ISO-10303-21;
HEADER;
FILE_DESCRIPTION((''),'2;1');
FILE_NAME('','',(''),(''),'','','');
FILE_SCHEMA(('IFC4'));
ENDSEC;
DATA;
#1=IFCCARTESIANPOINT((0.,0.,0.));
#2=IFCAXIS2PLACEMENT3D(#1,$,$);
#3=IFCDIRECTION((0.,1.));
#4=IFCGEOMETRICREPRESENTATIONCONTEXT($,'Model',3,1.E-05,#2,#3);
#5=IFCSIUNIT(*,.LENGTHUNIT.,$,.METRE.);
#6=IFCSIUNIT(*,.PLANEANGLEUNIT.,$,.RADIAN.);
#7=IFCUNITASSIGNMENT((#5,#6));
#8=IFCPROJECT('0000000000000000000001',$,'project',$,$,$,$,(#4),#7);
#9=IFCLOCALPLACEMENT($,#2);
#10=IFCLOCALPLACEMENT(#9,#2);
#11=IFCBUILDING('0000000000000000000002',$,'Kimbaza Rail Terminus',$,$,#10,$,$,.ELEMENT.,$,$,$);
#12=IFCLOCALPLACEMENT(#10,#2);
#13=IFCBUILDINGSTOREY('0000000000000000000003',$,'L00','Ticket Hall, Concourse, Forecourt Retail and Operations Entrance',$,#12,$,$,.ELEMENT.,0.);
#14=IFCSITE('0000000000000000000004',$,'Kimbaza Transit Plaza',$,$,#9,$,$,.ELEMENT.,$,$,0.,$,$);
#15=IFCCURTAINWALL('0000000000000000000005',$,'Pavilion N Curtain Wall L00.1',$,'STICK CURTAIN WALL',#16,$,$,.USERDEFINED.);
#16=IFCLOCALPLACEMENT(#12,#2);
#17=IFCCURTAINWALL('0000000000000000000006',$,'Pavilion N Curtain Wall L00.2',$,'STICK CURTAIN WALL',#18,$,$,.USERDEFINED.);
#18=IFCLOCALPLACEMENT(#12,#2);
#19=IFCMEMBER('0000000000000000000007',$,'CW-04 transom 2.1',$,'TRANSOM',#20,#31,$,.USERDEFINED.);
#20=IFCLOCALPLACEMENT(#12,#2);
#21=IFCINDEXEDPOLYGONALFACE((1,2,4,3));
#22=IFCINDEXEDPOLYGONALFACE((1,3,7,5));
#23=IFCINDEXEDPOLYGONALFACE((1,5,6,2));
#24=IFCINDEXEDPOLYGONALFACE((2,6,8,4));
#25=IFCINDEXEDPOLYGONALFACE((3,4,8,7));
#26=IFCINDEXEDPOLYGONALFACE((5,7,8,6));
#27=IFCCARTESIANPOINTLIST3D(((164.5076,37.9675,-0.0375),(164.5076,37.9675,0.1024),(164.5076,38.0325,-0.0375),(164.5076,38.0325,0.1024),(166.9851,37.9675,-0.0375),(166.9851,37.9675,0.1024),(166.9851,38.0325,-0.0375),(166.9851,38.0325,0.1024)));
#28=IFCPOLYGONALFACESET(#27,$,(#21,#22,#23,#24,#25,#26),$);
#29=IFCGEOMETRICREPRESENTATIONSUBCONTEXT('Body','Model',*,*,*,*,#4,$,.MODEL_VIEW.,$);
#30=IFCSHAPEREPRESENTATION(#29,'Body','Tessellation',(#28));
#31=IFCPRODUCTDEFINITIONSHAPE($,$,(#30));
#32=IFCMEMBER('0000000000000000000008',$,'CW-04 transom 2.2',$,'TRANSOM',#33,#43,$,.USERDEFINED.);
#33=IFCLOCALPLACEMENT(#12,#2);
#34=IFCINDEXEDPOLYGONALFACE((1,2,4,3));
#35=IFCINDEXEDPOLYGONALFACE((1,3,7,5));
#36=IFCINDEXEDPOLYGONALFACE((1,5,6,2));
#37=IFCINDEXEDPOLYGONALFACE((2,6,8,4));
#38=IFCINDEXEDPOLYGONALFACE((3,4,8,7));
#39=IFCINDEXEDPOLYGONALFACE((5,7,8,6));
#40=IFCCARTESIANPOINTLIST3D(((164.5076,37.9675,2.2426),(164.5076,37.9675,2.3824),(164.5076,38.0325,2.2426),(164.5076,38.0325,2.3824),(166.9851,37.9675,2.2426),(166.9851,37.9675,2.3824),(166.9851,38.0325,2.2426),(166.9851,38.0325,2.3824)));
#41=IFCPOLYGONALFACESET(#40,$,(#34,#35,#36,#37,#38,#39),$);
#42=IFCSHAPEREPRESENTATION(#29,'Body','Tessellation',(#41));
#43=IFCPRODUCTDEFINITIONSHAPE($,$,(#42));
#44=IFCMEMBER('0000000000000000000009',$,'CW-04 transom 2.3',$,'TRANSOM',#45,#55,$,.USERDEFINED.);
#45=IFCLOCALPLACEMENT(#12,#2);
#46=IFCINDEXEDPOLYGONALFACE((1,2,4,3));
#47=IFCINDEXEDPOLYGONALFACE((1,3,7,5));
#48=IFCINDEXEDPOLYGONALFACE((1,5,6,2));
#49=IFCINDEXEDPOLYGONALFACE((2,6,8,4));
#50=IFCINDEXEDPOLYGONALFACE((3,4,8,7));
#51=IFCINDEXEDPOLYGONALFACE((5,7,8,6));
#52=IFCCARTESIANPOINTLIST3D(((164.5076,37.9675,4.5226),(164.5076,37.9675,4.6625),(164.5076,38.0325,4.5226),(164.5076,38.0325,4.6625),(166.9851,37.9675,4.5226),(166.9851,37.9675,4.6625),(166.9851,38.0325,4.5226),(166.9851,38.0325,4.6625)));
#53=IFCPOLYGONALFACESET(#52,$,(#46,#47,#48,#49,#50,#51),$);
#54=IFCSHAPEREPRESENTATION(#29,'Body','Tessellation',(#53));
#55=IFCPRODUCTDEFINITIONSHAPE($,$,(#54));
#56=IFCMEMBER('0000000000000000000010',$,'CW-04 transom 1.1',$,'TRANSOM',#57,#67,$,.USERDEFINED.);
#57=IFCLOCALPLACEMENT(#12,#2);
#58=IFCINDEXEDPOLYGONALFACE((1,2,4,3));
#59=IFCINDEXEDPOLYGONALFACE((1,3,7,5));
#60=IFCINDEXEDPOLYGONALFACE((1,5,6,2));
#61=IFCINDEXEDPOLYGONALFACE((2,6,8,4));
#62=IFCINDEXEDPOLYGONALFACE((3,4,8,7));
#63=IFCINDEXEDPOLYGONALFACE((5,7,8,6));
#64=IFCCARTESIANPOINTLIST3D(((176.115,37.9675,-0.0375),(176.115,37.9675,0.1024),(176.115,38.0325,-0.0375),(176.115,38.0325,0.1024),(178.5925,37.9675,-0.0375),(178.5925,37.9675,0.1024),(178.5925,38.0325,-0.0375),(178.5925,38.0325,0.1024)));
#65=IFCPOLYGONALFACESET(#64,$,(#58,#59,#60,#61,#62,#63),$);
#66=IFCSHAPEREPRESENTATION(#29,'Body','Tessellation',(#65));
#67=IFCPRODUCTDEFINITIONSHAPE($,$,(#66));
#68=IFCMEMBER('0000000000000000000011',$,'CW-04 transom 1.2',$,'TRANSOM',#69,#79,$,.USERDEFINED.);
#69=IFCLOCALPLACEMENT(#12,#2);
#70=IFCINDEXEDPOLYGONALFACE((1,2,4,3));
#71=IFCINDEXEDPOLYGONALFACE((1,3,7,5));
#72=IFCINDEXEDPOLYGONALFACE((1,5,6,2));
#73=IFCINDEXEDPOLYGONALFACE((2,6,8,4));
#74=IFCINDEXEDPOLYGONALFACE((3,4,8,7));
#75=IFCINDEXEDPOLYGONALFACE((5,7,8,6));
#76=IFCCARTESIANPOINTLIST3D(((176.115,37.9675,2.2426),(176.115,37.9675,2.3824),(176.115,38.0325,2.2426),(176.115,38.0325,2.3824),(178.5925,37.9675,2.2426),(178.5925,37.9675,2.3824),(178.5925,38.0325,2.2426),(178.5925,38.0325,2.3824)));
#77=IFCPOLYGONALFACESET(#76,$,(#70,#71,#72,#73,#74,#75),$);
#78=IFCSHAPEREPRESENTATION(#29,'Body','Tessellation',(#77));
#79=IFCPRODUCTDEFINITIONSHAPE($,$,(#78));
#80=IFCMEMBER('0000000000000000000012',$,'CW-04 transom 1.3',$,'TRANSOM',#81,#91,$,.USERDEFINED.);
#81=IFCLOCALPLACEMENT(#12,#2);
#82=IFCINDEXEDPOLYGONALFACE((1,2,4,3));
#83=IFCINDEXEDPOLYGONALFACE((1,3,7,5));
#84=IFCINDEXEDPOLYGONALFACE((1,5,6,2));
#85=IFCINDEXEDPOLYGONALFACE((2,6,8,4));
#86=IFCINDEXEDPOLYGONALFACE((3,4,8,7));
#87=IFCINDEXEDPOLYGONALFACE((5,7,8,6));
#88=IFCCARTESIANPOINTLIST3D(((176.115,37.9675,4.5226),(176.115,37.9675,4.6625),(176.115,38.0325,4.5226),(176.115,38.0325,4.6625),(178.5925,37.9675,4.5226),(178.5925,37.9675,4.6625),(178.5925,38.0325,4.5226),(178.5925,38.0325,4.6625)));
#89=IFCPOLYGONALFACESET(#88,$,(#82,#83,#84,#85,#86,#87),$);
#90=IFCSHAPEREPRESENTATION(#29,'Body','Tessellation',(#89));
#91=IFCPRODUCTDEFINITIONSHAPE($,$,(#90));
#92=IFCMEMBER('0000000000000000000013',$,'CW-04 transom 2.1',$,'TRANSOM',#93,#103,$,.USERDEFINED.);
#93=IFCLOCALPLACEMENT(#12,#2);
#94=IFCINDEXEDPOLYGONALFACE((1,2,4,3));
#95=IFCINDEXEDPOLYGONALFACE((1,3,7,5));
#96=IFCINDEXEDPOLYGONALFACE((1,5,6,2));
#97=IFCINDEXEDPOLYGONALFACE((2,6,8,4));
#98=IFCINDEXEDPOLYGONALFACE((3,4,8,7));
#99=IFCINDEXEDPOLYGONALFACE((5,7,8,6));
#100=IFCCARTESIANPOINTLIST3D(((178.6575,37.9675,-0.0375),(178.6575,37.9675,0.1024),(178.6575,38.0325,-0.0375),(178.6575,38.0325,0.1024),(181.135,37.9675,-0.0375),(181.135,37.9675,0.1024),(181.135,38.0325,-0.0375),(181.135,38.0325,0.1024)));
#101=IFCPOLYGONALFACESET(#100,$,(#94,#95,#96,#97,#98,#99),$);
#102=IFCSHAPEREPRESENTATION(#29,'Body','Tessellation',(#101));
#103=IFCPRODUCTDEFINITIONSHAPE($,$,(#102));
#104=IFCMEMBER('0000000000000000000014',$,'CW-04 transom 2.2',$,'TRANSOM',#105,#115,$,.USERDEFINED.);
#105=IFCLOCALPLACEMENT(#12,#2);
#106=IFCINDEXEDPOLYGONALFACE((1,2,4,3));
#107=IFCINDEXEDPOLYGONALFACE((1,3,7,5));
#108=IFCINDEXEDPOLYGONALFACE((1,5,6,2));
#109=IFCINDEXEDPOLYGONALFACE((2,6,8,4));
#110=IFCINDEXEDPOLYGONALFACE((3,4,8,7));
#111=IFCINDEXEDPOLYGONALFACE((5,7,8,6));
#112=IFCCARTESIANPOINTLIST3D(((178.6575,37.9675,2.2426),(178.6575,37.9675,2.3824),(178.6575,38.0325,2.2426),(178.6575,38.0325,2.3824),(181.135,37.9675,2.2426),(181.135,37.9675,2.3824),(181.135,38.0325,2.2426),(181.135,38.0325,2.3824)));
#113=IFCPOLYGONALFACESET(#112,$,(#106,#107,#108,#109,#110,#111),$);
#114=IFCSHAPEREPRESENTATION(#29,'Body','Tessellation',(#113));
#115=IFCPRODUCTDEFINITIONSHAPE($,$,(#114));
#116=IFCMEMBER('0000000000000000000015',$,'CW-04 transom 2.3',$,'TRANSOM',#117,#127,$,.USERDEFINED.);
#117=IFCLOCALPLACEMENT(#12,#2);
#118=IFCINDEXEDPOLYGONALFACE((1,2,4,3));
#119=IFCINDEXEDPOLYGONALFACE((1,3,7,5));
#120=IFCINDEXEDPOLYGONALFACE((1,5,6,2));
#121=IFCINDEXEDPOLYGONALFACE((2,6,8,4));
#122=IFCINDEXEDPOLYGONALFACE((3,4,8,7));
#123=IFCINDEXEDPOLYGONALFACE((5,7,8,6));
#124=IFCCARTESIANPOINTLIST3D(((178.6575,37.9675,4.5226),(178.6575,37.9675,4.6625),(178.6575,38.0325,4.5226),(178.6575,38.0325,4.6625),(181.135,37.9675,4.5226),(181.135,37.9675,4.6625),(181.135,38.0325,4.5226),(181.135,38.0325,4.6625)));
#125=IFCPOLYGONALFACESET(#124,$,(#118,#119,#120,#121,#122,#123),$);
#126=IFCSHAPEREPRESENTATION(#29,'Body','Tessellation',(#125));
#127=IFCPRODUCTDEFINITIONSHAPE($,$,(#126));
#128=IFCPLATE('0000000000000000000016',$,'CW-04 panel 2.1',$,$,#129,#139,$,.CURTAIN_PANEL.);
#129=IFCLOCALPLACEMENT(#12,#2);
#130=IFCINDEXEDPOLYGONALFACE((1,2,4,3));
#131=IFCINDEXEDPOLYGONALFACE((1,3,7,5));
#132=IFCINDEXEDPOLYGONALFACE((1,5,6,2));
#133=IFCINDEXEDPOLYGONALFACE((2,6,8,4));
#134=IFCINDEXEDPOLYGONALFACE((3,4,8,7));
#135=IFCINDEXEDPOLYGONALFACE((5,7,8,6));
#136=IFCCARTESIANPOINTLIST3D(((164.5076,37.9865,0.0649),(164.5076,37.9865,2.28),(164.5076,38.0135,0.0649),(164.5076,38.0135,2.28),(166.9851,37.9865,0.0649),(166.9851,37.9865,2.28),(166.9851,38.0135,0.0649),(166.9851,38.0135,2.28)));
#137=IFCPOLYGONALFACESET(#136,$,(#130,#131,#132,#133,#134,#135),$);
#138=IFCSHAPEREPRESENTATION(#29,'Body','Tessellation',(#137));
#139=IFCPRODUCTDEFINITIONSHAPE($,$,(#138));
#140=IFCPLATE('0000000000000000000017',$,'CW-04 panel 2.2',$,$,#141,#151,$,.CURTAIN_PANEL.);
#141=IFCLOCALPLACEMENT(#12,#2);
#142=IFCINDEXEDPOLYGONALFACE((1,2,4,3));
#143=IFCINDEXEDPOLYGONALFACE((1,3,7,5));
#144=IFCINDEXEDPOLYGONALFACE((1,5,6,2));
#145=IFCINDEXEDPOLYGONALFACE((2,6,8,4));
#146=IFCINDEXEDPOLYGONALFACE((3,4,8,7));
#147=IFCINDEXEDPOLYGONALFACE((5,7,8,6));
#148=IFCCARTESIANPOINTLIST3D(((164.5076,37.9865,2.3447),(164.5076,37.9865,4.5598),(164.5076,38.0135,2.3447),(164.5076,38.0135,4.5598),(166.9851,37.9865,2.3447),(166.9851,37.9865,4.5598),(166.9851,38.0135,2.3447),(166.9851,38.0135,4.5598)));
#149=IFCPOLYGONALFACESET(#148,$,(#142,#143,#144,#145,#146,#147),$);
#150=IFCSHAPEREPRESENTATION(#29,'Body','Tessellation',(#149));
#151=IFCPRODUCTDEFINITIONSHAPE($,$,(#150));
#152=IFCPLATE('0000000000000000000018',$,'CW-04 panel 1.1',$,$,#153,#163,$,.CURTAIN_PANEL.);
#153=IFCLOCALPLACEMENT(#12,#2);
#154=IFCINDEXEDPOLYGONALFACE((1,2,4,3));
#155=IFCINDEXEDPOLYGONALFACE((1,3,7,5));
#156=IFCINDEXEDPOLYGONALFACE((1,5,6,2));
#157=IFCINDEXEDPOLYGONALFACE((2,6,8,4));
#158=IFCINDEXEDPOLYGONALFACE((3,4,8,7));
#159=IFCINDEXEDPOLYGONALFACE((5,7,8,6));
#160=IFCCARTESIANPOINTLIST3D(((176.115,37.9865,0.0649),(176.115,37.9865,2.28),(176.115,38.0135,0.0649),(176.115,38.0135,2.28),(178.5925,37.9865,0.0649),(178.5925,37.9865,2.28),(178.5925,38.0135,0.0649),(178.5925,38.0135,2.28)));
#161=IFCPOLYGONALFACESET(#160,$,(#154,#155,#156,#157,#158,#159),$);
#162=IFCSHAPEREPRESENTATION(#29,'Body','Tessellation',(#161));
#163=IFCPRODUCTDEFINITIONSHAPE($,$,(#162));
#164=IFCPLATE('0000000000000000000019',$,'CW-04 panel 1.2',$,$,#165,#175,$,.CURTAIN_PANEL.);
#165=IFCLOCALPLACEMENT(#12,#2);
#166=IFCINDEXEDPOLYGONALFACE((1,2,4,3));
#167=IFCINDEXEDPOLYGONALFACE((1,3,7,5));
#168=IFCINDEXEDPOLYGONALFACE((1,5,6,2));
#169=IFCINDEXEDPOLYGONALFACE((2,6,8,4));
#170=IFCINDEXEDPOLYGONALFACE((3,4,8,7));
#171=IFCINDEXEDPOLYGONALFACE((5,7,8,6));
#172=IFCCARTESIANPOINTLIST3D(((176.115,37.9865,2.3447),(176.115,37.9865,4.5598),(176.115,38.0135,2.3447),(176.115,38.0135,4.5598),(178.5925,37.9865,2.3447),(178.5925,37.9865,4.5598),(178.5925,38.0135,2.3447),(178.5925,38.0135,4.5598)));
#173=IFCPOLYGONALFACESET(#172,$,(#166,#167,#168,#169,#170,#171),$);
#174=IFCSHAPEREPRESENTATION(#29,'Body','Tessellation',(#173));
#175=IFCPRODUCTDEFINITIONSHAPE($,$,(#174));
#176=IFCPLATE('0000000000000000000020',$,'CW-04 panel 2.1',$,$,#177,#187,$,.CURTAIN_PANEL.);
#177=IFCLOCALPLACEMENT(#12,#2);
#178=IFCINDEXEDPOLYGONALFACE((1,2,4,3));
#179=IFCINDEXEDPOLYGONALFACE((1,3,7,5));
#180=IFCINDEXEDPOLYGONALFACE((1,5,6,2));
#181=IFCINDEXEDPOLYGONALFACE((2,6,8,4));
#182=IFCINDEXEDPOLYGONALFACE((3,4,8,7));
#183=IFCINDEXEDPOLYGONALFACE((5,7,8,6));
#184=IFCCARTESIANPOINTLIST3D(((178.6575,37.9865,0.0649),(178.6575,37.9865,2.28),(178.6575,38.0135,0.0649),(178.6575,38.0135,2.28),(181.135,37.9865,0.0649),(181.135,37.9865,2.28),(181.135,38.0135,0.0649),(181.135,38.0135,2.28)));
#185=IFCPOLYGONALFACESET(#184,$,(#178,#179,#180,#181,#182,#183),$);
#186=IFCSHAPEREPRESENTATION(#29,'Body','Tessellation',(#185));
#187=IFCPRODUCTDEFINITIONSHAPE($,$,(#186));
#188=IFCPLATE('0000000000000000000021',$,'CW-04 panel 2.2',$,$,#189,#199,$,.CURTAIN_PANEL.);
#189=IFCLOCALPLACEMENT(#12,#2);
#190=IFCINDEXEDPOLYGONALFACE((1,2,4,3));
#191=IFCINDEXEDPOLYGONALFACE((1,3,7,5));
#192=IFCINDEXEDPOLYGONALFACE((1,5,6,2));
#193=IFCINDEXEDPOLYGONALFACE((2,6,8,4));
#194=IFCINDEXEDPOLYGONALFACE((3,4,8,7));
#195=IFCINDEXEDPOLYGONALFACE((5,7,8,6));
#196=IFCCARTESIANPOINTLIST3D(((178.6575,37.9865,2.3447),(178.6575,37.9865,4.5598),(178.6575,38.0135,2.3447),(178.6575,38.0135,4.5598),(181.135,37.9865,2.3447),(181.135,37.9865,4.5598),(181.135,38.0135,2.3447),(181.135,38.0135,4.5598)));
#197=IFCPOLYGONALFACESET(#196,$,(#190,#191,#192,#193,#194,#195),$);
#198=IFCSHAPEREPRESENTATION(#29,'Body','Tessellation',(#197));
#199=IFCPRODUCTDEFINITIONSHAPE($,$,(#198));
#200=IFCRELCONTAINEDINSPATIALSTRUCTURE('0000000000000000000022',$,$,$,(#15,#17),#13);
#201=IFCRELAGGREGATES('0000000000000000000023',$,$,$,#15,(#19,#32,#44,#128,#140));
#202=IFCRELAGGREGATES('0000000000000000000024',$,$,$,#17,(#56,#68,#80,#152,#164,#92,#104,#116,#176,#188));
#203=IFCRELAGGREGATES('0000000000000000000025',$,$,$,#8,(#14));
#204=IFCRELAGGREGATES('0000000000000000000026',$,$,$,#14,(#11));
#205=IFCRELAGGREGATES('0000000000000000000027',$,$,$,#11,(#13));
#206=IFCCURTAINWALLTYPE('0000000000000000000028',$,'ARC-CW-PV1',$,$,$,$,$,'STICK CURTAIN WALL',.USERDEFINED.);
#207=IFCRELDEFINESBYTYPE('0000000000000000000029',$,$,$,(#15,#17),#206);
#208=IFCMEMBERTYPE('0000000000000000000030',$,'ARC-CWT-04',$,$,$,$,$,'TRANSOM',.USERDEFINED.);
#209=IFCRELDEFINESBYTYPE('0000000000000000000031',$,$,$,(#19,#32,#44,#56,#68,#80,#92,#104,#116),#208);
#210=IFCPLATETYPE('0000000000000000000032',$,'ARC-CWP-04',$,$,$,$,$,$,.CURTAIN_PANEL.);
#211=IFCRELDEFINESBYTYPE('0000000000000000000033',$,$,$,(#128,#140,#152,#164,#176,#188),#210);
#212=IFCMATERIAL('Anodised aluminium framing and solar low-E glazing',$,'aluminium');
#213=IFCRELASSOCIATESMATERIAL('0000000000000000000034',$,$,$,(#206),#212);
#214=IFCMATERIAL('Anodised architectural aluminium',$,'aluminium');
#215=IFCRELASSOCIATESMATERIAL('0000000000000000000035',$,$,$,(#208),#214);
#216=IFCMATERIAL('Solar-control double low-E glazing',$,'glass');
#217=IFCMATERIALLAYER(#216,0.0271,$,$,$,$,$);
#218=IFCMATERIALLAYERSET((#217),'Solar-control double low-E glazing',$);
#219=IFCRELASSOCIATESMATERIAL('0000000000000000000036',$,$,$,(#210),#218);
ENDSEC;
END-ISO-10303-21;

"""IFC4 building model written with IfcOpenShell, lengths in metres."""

from ifc_helpers import new_model, si_unit, direction, frame, origin, origin_2d, place, context, subcontext, project, spatial, rectangle, extrude, material, layer, layer_set, material_profile, profile_set, type_object, element, aggregate, save


model = new_model("IFC4")

# Units and contexts
model_context = context("Model", 3, precision=1e-05, world=origin(), true_north=direction((0.0, 1.0)))
body_context = subcontext(model_context, "Body", "Model", "MODEL_VIEW")
ifc_project = project(units=[si_unit("LENGTHUNIT", "METRE"), si_unit("PLANEANGLEUNIT", "RADIAN")], contexts=[model_context])

# Site, building, storey
site_placement = place(None, origin())
site = spatial("IfcSite", under=ifc_project, at=site_placement, Name="Kimbaza Transit Plaza", CompositionType="ELEMENT", RefElevation=0.0)
building_placement = place(site_placement, origin())
building = spatial("IfcBuilding", under=site, at=building_placement, Name="Kimbaza Rail Terminus", CompositionType="ELEMENT")
storey_placement = place(building_placement, origin())
storey = spatial("IfcBuildingStorey", under=building, at=storey_placement, Name="L00", Description="Ticket Hall, Concourse, Forecourt Retail and Operations Entrance", CompositionType="ELEMENT", Elevation=0.0)

# Curtain wall
ifc_material_1 = material(Name="Anodised aluminium framing and solar low-E glazing", Category="aluminium")
curtain_wall_type = type_object("IfcCurtainWallType", Name="ARC-CW-PV1", ElementType="STICK CURTAIN WALL", PredefinedType="USERDEFINED", material=ifc_material_1)
curtain_wall_1_placement = place(storey_placement, origin())
curtain_wall_1 = element("IfcCurtainWall", 1, at=curtain_wall_1_placement, inside=storey, type_object=curtain_wall_type, Name="Pavilion N Curtain Wall L00.1", ObjectType="STICK CURTAIN WALL", PredefinedType="USERDEFINED")

# Curtain wall
curtain_wall_2_placement = place(storey_placement, origin())
curtain_wall_2 = element("IfcCurtainWall", 2, at=curtain_wall_2_placement, inside=storey, type_object=curtain_wall_type, Name="Pavilion N Curtain Wall L00.2", ObjectType="STICK CURTAIN WALL", PredefinedType="USERDEFINED")

# Members
ifc_material_2 = material(Name="Anodised architectural aluminium", Category="aluminium")
ifc_material_profile_1 = material_profile(ifc_material_2, rectangle(XDim=0.0649, YDim=0.1399, at=origin_2d()), Name="TRANSOM 65x140")
ifc_profile_set_1 = profile_set([ifc_material_profile_1], Name="Anodised architectural aluminium")
member_type_1 = type_object("IfcMemberType", Name="ARC-CWT-04", ElementType="TRANSOM", PredefinedType="USERDEFINED", material=ifc_profile_set_1)
member_1_placement = place(storey_placement, frame((164.5076, 38.0, 0.0325), z_axis=(1.0, 0.0, 0.0), x_axis=(0.0, 1.0, 0.0)))
member_1 = element("IfcMember", 3, at=member_1_placement, type_object=member_type_1, Name="CW-04 transom 2.1", ObjectType="TRANSOM", PredefinedType="USERDEFINED", context=body_context, shape_type="SweptSolid", body=[
    extrude(rectangle(XDim=0.0649, YDim=0.1399, at=origin_2d()), origin(), (0.0, 0.0, 1.0), 2.4775),
])
member_2_placement = place(storey_placement, frame((164.5076, 38.0, 2.3125), z_axis=(1.0, 0.0, 0.0), x_axis=(0.0, 1.0, 0.0)))
member_2 = element("IfcMember", 4, at=member_2_placement, type_object=member_type_1, Name="CW-04 transom 2.2", ObjectType="TRANSOM", PredefinedType="USERDEFINED", context=body_context, shape_type="SweptSolid", body=[
    extrude(rectangle(XDim=0.0649, YDim=0.1399, at=origin_2d()), origin(), (0.0, 0.0, 1.0), 2.4775),
])
member_3_placement = place(storey_placement, frame((164.5076, 38.0, 4.5925), z_axis=(1.0, 0.0, 0.0), x_axis=(0.0, 1.0, 0.0)))
member_3 = element("IfcMember", 5, at=member_3_placement, type_object=member_type_1, Name="CW-04 transom 2.3", ObjectType="TRANSOM", PredefinedType="USERDEFINED", context=body_context, shape_type="SweptSolid", body=[
    extrude(rectangle(XDim=0.0649, YDim=0.1399, at=origin_2d()), origin(), (0.0, 0.0, 1.0), 2.4775),
])
member_4_placement = place(storey_placement, frame((176.115, 38.0, 0.0325), z_axis=(1.0, 0.0, 0.0), x_axis=(0.0, 1.0, 0.0)))
member_4 = element("IfcMember", 6, at=member_4_placement, type_object=member_type_1, Name="CW-04 transom 1.1", ObjectType="TRANSOM", PredefinedType="USERDEFINED", context=body_context, shape_type="SweptSolid", body=[
    extrude(rectangle(XDim=0.0649, YDim=0.1399, at=origin_2d()), origin(), (0.0, 0.0, 1.0), 2.4775),
])
member_5_placement = place(storey_placement, frame((176.115, 38.0, 2.3125), z_axis=(1.0, 0.0, 0.0), x_axis=(0.0, 1.0, 0.0)))
member_5 = element("IfcMember", 7, at=member_5_placement, type_object=member_type_1, Name="CW-04 transom 1.2", ObjectType="TRANSOM", PredefinedType="USERDEFINED", context=body_context, shape_type="SweptSolid", body=[
    extrude(rectangle(XDim=0.0649, YDim=0.1399, at=origin_2d()), origin(), (0.0, 0.0, 1.0), 2.4775),
])
member_6_placement = place(storey_placement, frame((176.115, 38.0, 4.5925), z_axis=(1.0, 0.0, 0.0), x_axis=(0.0, 1.0, 0.0)))
member_6 = element("IfcMember", 8, at=member_6_placement, type_object=member_type_1, Name="CW-04 transom 1.3", ObjectType="TRANSOM", PredefinedType="USERDEFINED", context=body_context, shape_type="SweptSolid", body=[
    extrude(rectangle(XDim=0.0649, YDim=0.1399, at=origin_2d()), origin(), (0.0, 0.0, 1.0), 2.4775),
])
member_7_placement = place(storey_placement, frame((178.6575, 38.0, 0.0325), z_axis=(1.0, 0.0, 0.0), x_axis=(0.0, 1.0, 0.0)))
member_7 = element("IfcMember", 9, at=member_7_placement, type_object=member_type_1, Name="CW-04 transom 2.1", ObjectType="TRANSOM", PredefinedType="USERDEFINED", context=body_context, shape_type="SweptSolid", body=[
    extrude(rectangle(XDim=0.0649, YDim=0.1399, at=origin_2d()), origin(), (0.0, 0.0, 1.0), 2.4775),
])
member_8_placement = place(storey_placement, frame((178.6575, 38.0, 2.3125), z_axis=(1.0, 0.0, 0.0), x_axis=(0.0, 1.0, 0.0)))
member_8 = element("IfcMember", 10, at=member_8_placement, type_object=member_type_1, Name="CW-04 transom 2.2", ObjectType="TRANSOM", PredefinedType="USERDEFINED", context=body_context, shape_type="SweptSolid", body=[
    extrude(rectangle(XDim=0.0649, YDim=0.1399, at=origin_2d()), origin(), (0.0, 0.0, 1.0), 2.4775),
])
member_9_placement = place(storey_placement, frame((178.6575, 38.0, 4.5925), z_axis=(1.0, 0.0, 0.0), x_axis=(0.0, 1.0, 0.0)))
member_9 = element("IfcMember", 11, at=member_9_placement, type_object=member_type_1, Name="CW-04 transom 2.3", ObjectType="TRANSOM", PredefinedType="USERDEFINED", context=body_context, shape_type="SweptSolid", body=[
    extrude(rectangle(XDim=0.0649, YDim=0.1399, at=origin_2d()), origin(), (0.0, 0.0, 1.0), 2.4775),
])

# Plates
ifc_material_3 = material(Name="Solar-control double low-E glazing", Category="glass")
ifc_layer_1 = layer(ifc_material_3, 0.0271)
ifc_layer_set_1 = layer_set([ifc_layer_1], Name="Solar-control double low-E glazing")
plate_type = type_object("IfcPlateType", Name="ARC-CWP-04", PredefinedType="CURTAIN_PANEL", material=ifc_layer_set_1)
plate_1_placement = place(storey_placement, frame((165.7463, 38.0, 0.0649), z_axis=(0.0, 0.0, 1.0), x_axis=(1.0, 0.0, 0.0)))
plate_1 = element("IfcPlate", 12, at=plate_1_placement, type_object=plate_type, Name="CW-04 panel 2.1", PredefinedType="CURTAIN_PANEL", context=body_context, shape_type="SweptSolid", body=[
    extrude(rectangle(XDim=2.4775, YDim=0.0271, at=origin_2d()), origin(), (0.0, 0.0, 1.0), 2.2151),
])
plate_2_placement = place(storey_placement, frame((165.7463, 38.0, 2.3447), z_axis=(0.0, 0.0, 1.0), x_axis=(1.0, 0.0, 0.0)))
plate_2 = element("IfcPlate", 13, at=plate_2_placement, type_object=plate_type, Name="CW-04 panel 2.2", PredefinedType="CURTAIN_PANEL", context=body_context, shape_type="SweptSolid", body=[
    extrude(rectangle(XDim=2.4775, YDim=0.0271, at=origin_2d()), origin(), (0.0, 0.0, 1.0), 2.2151),
])
aggregate(curtain_wall_1, [member_1, member_2, member_3, plate_1, plate_2])
plate_3_placement = place(storey_placement, frame((177.3538, 38.0, 0.0649), z_axis=(0.0, 0.0, 1.0), x_axis=(1.0, 0.0, 0.0)))
plate_3 = element("IfcPlate", 14, at=plate_3_placement, type_object=plate_type, Name="CW-04 panel 1.1", PredefinedType="CURTAIN_PANEL", context=body_context, shape_type="SweptSolid", body=[
    extrude(rectangle(XDim=2.4775, YDim=0.0271, at=origin_2d()), origin(), (0.0, 0.0, 1.0), 2.2151),
])
plate_4_placement = place(storey_placement, frame((177.3538, 38.0, 2.3447), z_axis=(0.0, 0.0, 1.0), x_axis=(1.0, 0.0, 0.0)))
plate_4 = element("IfcPlate", 15, at=plate_4_placement, type_object=plate_type, Name="CW-04 panel 1.2", PredefinedType="CURTAIN_PANEL", context=body_context, shape_type="SweptSolid", body=[
    extrude(rectangle(XDim=2.4775, YDim=0.0271, at=origin_2d()), origin(), (0.0, 0.0, 1.0), 2.2151),
])
plate_5_placement = place(storey_placement, frame((179.8962, 38.0, 0.0649), z_axis=(0.0, 0.0, 1.0), x_axis=(1.0, 0.0, 0.0)))
plate_5 = element("IfcPlate", 16, at=plate_5_placement, type_object=plate_type, Name="CW-04 panel 2.1", PredefinedType="CURTAIN_PANEL", context=body_context, shape_type="SweptSolid", body=[
    extrude(rectangle(XDim=2.4775, YDim=0.0271, at=origin_2d()), origin(), (0.0, 0.0, 1.0), 2.2151),
])
plate_6_placement = place(storey_placement, frame((179.8962, 38.0, 2.3447), z_axis=(0.0, 0.0, 1.0), x_axis=(1.0, 0.0, 0.0)))
plate_6 = element("IfcPlate", 17, at=plate_6_placement, type_object=plate_type, Name="CW-04 panel 2.2", PredefinedType="CURTAIN_PANEL", context=body_context, shape_type="SweptSolid", body=[
    extrude(rectangle(XDim=2.4775, YDim=0.0271, at=origin_2d()), origin(), (0.0, 0.0, 1.0), 2.2151),
])
aggregate(curtain_wall_2, [member_4, member_5, member_6, plate_3, plate_4, member_7, member_8, member_9, plate_5, plate_6])

save(model, "model.ifc")
